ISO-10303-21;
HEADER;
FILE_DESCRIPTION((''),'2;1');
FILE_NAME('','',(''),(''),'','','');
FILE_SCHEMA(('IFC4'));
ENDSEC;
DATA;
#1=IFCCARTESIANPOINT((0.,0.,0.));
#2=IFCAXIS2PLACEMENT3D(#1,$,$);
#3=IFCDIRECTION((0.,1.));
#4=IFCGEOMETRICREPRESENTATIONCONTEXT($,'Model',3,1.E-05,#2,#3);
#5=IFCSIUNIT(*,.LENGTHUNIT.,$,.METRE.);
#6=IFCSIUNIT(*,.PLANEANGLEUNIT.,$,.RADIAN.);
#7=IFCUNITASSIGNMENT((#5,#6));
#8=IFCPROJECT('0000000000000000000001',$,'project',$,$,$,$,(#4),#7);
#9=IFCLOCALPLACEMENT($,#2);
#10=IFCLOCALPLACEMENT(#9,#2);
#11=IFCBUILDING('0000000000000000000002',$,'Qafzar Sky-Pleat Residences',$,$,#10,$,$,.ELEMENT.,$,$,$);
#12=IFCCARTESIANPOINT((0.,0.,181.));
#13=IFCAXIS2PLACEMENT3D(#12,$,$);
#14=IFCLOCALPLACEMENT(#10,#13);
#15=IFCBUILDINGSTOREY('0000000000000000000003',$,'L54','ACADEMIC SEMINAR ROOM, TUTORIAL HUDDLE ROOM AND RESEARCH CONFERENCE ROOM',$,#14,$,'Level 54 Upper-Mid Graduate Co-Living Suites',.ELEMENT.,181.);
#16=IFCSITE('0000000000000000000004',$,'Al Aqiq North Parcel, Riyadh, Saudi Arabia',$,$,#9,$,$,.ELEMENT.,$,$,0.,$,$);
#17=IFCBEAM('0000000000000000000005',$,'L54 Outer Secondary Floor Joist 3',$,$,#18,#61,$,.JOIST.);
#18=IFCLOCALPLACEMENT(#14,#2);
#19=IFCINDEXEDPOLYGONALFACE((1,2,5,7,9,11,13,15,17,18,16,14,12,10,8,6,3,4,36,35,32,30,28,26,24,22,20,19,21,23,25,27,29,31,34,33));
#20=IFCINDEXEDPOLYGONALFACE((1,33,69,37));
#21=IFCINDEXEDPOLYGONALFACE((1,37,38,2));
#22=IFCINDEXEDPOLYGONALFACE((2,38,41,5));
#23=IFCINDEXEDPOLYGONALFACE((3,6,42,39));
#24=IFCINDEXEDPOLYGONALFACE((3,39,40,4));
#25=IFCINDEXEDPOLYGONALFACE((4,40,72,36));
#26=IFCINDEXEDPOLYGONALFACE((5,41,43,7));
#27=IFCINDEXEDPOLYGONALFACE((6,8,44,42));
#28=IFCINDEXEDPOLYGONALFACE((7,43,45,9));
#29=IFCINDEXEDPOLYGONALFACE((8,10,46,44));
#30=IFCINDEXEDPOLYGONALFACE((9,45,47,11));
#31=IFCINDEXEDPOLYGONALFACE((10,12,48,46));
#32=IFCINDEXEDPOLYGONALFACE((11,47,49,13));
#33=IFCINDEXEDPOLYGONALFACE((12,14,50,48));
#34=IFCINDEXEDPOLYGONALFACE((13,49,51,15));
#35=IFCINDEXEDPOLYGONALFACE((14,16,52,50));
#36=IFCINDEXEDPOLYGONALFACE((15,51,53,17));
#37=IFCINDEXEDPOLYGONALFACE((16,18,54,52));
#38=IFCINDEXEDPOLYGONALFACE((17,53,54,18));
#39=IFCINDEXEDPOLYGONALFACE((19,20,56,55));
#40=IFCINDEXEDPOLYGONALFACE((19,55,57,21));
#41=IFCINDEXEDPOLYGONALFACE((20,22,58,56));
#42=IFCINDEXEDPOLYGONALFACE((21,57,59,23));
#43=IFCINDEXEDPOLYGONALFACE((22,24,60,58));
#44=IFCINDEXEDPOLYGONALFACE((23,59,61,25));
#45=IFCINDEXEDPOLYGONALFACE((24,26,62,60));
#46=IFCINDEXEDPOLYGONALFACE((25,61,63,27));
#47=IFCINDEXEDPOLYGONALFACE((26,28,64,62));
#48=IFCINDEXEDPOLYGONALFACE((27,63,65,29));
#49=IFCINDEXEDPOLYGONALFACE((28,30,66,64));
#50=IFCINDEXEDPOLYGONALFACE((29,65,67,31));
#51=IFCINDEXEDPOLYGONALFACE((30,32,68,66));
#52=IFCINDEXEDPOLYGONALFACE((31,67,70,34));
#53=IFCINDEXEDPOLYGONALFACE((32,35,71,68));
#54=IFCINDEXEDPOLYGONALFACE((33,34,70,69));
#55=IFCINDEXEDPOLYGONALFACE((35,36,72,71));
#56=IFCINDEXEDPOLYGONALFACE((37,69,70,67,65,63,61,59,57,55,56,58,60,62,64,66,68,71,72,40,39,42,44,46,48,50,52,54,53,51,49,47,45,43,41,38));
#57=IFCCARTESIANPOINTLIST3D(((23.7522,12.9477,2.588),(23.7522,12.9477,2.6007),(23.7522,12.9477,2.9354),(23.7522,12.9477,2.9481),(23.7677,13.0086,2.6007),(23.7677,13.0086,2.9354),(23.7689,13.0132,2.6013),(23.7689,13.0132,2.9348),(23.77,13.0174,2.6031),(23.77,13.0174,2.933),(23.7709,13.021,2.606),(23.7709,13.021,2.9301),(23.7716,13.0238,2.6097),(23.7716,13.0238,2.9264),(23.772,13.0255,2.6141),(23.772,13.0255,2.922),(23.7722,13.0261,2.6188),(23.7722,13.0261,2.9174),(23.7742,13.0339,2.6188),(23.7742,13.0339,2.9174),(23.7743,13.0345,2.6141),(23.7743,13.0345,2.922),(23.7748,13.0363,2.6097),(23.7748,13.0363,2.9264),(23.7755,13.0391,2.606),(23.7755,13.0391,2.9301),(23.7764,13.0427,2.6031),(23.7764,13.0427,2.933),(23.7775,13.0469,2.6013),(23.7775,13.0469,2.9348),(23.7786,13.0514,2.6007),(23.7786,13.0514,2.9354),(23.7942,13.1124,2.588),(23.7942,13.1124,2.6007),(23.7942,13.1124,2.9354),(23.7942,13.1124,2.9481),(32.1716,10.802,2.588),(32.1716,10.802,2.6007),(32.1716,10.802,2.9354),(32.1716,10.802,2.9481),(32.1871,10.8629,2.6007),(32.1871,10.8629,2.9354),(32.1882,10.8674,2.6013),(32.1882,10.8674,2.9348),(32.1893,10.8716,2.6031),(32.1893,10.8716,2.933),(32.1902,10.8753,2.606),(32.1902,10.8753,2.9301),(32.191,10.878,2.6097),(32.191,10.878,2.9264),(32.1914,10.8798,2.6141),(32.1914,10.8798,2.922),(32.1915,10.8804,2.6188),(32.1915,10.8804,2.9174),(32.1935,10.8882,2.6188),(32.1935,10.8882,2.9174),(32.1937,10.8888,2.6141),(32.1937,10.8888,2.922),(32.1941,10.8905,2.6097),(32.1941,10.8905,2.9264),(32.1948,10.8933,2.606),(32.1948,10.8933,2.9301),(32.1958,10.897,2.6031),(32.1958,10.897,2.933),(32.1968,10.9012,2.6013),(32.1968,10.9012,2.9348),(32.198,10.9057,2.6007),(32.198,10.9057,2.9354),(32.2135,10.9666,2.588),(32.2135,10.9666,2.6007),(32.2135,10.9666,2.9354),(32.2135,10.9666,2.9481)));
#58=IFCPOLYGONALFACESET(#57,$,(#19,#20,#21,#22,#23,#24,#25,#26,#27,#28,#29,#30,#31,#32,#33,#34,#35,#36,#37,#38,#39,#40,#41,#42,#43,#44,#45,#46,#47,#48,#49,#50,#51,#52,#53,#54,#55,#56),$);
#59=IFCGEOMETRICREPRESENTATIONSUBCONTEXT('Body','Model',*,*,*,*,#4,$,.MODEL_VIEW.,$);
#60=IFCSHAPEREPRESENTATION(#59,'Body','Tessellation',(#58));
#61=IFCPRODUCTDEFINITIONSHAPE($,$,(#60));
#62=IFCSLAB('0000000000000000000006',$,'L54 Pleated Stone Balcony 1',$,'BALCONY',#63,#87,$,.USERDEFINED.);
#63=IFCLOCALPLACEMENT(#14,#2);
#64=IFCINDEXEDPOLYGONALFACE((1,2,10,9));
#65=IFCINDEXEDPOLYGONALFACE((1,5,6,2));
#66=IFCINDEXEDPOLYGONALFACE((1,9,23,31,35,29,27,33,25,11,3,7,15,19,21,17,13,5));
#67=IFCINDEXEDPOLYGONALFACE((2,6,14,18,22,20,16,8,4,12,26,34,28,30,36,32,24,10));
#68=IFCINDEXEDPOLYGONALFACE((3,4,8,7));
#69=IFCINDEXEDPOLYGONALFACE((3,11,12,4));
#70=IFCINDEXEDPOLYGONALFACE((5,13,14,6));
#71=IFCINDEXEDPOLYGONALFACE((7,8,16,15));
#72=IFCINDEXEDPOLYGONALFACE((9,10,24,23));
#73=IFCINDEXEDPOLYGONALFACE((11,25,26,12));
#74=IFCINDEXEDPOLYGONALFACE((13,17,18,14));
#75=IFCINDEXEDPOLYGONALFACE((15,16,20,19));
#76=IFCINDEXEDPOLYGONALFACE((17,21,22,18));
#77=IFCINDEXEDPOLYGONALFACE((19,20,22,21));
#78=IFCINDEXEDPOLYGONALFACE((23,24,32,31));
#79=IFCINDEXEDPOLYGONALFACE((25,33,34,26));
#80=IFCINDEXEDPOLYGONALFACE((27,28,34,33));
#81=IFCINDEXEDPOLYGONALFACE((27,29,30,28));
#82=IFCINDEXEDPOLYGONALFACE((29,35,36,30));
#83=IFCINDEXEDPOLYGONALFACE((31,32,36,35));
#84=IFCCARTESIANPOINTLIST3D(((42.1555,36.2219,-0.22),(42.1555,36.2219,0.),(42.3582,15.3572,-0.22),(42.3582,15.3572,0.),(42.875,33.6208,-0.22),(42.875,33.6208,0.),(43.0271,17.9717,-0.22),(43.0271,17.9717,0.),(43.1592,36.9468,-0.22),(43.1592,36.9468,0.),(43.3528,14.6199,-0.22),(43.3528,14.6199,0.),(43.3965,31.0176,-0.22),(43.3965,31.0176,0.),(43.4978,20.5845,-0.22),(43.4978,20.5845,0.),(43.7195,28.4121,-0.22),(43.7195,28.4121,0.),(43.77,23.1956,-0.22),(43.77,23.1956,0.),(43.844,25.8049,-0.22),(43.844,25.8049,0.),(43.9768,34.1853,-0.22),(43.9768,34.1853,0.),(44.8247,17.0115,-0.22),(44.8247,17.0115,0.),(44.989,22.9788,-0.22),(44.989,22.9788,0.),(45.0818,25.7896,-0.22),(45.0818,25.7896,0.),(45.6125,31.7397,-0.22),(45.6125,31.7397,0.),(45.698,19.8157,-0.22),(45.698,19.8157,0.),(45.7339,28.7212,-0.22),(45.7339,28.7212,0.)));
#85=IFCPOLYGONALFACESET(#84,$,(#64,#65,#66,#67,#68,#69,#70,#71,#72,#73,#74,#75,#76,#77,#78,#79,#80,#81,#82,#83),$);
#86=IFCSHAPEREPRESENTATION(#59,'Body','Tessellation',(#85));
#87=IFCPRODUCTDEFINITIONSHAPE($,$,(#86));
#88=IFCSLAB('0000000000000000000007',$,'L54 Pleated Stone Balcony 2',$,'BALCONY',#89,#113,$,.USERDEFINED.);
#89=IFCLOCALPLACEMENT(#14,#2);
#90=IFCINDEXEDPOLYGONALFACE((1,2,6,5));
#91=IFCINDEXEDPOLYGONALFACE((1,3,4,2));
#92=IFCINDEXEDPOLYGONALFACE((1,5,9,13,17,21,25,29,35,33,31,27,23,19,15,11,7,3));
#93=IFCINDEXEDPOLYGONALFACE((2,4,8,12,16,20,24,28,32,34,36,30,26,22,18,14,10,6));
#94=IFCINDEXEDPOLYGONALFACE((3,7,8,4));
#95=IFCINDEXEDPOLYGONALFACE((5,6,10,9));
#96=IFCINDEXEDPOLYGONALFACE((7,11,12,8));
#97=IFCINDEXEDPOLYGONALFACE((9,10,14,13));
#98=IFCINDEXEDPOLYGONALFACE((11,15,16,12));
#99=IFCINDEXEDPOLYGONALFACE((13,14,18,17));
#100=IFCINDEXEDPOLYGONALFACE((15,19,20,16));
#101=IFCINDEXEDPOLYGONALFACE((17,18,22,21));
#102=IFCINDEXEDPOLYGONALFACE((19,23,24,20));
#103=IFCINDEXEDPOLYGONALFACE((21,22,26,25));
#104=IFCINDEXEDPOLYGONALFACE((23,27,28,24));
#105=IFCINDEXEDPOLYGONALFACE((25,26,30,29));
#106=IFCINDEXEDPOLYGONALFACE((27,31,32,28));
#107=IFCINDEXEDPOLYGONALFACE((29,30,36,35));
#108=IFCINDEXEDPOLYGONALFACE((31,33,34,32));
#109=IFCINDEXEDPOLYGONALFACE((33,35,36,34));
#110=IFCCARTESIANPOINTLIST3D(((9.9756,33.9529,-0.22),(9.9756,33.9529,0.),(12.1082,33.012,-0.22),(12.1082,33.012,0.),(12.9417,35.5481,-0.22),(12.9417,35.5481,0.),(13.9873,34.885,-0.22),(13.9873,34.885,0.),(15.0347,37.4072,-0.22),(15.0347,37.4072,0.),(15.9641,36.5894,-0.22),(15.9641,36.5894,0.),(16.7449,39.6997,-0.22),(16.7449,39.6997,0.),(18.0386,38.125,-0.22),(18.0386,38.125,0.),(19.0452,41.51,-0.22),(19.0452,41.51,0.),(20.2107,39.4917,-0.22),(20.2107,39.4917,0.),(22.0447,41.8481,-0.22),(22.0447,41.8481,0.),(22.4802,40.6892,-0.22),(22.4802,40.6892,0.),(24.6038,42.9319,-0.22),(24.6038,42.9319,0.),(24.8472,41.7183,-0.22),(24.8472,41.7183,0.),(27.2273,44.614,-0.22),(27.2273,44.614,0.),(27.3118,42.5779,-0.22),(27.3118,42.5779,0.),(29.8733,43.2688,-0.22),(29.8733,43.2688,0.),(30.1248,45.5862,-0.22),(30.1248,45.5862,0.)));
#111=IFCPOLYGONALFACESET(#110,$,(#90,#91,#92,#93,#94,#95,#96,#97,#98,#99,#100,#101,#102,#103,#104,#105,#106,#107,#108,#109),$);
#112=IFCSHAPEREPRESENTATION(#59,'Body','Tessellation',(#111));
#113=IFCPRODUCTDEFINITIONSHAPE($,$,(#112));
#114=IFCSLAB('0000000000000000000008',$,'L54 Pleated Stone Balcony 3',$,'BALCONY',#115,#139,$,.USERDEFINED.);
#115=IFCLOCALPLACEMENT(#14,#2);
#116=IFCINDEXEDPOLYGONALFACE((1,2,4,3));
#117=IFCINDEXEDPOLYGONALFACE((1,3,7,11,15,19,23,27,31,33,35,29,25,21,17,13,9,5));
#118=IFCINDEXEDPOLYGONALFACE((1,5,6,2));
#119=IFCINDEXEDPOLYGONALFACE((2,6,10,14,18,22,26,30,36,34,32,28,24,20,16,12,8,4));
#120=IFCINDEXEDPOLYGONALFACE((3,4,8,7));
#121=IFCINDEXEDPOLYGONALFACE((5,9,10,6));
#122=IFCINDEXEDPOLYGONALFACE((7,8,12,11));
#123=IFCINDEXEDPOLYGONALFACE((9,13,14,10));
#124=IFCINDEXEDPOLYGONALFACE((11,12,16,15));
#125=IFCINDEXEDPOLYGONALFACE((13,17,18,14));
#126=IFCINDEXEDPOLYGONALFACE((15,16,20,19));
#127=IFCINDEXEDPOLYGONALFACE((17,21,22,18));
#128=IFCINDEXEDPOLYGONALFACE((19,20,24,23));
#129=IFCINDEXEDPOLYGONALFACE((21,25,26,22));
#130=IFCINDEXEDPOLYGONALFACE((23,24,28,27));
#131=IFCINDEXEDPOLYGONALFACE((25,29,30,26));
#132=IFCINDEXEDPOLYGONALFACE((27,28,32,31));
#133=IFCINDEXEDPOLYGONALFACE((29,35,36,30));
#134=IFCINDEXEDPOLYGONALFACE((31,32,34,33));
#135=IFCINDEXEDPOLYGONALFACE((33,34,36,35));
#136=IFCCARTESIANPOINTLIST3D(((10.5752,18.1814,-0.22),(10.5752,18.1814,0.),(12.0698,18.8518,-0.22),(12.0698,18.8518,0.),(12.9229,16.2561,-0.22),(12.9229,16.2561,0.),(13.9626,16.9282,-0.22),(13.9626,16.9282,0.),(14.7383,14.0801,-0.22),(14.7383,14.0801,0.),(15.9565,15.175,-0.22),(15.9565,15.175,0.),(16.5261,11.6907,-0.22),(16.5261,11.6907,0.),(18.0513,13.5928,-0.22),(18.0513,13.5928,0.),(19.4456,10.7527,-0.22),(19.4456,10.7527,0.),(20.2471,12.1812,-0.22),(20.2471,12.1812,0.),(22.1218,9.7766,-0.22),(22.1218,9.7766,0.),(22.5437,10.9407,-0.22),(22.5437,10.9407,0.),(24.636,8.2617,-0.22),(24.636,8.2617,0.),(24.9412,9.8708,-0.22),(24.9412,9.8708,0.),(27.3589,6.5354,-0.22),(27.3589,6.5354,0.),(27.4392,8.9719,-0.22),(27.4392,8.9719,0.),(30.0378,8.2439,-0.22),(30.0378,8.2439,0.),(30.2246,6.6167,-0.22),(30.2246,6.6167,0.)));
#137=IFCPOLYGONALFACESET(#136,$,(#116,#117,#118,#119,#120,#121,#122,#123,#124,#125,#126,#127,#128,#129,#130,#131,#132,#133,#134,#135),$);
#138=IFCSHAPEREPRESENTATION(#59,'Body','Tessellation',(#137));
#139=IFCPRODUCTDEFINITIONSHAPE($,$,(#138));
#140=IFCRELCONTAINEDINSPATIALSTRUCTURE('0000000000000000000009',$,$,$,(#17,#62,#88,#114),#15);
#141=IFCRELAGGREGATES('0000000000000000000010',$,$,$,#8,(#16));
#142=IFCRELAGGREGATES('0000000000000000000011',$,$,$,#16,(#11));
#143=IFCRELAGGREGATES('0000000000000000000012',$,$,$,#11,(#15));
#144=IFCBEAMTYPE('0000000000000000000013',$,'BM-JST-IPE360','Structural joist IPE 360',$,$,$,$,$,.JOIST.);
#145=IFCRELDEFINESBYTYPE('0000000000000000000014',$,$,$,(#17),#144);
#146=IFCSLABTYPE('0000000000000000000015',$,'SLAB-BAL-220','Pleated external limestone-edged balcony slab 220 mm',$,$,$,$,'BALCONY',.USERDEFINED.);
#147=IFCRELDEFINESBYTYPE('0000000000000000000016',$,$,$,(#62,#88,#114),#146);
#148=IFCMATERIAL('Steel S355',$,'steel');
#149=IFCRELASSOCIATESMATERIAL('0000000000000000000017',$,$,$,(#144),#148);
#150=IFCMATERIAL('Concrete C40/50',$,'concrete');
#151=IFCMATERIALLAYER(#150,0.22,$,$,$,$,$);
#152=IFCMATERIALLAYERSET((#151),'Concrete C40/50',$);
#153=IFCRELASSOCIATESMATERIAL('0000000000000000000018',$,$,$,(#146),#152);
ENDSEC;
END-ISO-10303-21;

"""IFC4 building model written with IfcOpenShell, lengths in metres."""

from ifc_helpers import new_model, si_unit, direction, frame, origin, origin_2d, place, context, subcontext, project, spatial, polyline, i_section, outline, extrude, source, transform, mapped, material, layer, layer_set, material_profile, profile_set, type_object, element, save


model = new_model("IFC4")

# Units and contexts
model_context = context("Model", 3, precision=1e-05, world=origin(), true_north=direction((0.0, 1.0)))
body_context = subcontext(model_context, "Body", "Model", "MODEL_VIEW")
ifc_project = project(units=[si_unit("LENGTHUNIT", "METRE"), si_unit("PLANEANGLEUNIT", "RADIAN")], contexts=[model_context])

# Site, building, storey
site_placement = place(None, origin())
site = spatial("IfcSite", under=ifc_project, at=site_placement, Name="Al Aqiq North Parcel, Riyadh, Saudi Arabia", CompositionType="ELEMENT", RefElevation=0.0)
building_placement = place(site_placement, origin())
building = spatial("IfcBuilding", under=site, at=building_placement, Name="Qafzar Sky-Pleat Residences", CompositionType="ELEMENT")
storey_placement = place(building_placement, frame((0.0, 0.0, 181.0)))
storey = spatial("IfcBuildingStorey", under=building, at=storey_placement, Name="L54", Description="ACADEMIC SEMINAR ROOM, TUTORIAL HUDDLE ROOM AND RESEARCH CONFERENCE ROOM", LongName="Level 54 Upper-Mid Graduate Co-Living Suites", CompositionType="ELEMENT", Elevation=181.0)

# Shared definitions
ifc_material_1 = material(Name="Steel S355", Category="steel")

# Beam
ifc_material_profile_1 = material_profile(ifc_material_1, i_section(OverallWidth=0.1699, OverallDepth=0.3601, WebThickness=0.0081, FlangeThickness=0.0127, FilletRadius=0.0181, at=origin_2d()), Name="IPE 360")
ifc_profile_set_1 = profile_set([ifc_material_profile_1], Name="Steel S355")
beam_type_1 = type_object("IfcBeamType", Name="BM-JST-IPE360", Description="Structural joist IPE 360", PredefinedType="JOIST", material=ifc_profile_set_1)
shared_shape_1 = source(origin(), body_context, "Body", "SweptSolid", [
    extrude(i_section(OverallWidth=0.1699, OverallDepth=0.3601, WebThickness=0.0081, FlangeThickness=0.0127, FilletRadius=0.0181, at=origin_2d()), origin(), (0.0, 0.0, 1.0), 8.6885),
])
beam_1_placement = place(storey_placement, frame((23.7732, 13.03, 2.7681), z_axis=(0.969025, -0.246963, 0.0), x_axis=(0.246963, 0.969025, 0.0)))
element("IfcBeam", 1, at=beam_1_placement, inside=storey, type_object=beam_type_1, Name="L54 Outer Secondary Floor Joist 3", PredefinedType="JOIST", context=body_context, shape_type="MappedRepresentation", body=[
    mapped(shared_shape_1, transform((0.0, 0.0, 0.0), x_axis=(1.0, 0.0, 0.0), y_axis=(0.0, 1.0, 0.0), z_axis=(0.0, 0.0, 1.0), scale=1.0)),
])

# Slabs
ifc_material_2 = material(Name="Concrete C40/50", Category="concrete")
ifc_layer_1 = layer(ifc_material_2, 0.22)
ifc_layer_set_1 = layer_set([ifc_layer_1], Name="Concrete C40/50")
slab_type_1 = type_object("IfcSlabType", Name="SLAB-BAL-220", Description="Pleated external limestone-edged balcony slab 220 mm", ElementType="BALCONY", PredefinedType="USERDEFINED", material=ifc_layer_set_1)
slab_1_placement = place(storey_placement, frame((0.0, 0.0, -0.22)))
element("IfcSlab", 2, at=slab_1_placement, inside=storey, type_object=slab_type_1, Name="L54 Pleated Stone Balcony 1", ObjectType="BALCONY", PredefinedType="USERDEFINED", context=body_context, shape_type="SweptSolid", body=[
    extrude(outline(polyline([(43.0271, 17.9717), (43.4978, 20.5845), (43.77, 23.1956), (43.844, 25.8049), (43.7195, 28.4121), (43.3965, 31.0176), (42.875, 33.6208), (42.1555, 36.2219), (43.1592, 36.9468), (43.9768, 34.1853), (45.6125, 31.7397), (45.7339, 28.7212), (45.0818, 25.7896), (44.989, 22.9788), (45.698, 19.8157), (44.8247, 17.0115), (43.3528, 14.6199), (42.3582, 15.3572), (43.0271, 17.9717)])), origin(), (0.0, 0.0, 1.0), 0.22),
])
slab_2_placement = place(storey_placement, frame((0.0, 0.0, -0.22)))
element("IfcSlab", 3, at=slab_2_placement, inside=storey, type_object=slab_type_1, Name="L54 Pleated Stone Balcony 2", ObjectType="BALCONY", PredefinedType="USERDEFINED", context=body_context, shape_type="SweptSolid", body=[
    extrude(outline(polyline([(27.3118, 42.5779), (24.8472, 41.7183), (22.4802, 40.6892), (20.2107, 39.4917), (18.0386, 38.125), (15.9641, 36.5894), (13.9873, 34.885), (12.1082, 33.012), (9.9756, 33.9529), (12.9417, 35.5481), (15.0347, 37.4072), (16.7449, 39.6997), (19.0452, 41.51), (22.0447, 41.8481), (24.6038, 42.9319), (27.2273, 44.614), (30.1248, 45.5862), (29.8733, 43.2688), (27.3118, 42.5779)])), origin(), (0.0, 0.0, 1.0), 0.22),
])
slab_3_placement = place(storey_placement, frame((0.0, 0.0, -0.22)))
element("IfcSlab", 4, at=slab_3_placement, inside=storey, type_object=slab_type_1, Name="L54 Pleated Stone Balcony 3", ObjectType="BALCONY", PredefinedType="USERDEFINED", context=body_context, shape_type="SweptSolid", body=[
    extrude(outline(polyline([(13.9626, 16.9282), (15.9565, 15.175), (18.0513, 13.5928), (20.2471, 12.1812), (22.5437, 10.9407), (24.9412, 9.8708), (27.4392, 8.9719), (30.0378, 8.2439), (30.2246, 6.6167), (27.3589, 6.5354), (24.636, 8.2617), (22.1218, 9.7766), (19.4456, 10.7527), (16.5261, 11.6907), (14.7383, 14.0801), (12.9229, 16.2561), (10.5752, 18.1814), (12.0698, 18.8518), (13.9626, 16.9282)])), origin(), (0.0, 0.0, 1.0), 0.22),
])

save(model, "model.ifc")
